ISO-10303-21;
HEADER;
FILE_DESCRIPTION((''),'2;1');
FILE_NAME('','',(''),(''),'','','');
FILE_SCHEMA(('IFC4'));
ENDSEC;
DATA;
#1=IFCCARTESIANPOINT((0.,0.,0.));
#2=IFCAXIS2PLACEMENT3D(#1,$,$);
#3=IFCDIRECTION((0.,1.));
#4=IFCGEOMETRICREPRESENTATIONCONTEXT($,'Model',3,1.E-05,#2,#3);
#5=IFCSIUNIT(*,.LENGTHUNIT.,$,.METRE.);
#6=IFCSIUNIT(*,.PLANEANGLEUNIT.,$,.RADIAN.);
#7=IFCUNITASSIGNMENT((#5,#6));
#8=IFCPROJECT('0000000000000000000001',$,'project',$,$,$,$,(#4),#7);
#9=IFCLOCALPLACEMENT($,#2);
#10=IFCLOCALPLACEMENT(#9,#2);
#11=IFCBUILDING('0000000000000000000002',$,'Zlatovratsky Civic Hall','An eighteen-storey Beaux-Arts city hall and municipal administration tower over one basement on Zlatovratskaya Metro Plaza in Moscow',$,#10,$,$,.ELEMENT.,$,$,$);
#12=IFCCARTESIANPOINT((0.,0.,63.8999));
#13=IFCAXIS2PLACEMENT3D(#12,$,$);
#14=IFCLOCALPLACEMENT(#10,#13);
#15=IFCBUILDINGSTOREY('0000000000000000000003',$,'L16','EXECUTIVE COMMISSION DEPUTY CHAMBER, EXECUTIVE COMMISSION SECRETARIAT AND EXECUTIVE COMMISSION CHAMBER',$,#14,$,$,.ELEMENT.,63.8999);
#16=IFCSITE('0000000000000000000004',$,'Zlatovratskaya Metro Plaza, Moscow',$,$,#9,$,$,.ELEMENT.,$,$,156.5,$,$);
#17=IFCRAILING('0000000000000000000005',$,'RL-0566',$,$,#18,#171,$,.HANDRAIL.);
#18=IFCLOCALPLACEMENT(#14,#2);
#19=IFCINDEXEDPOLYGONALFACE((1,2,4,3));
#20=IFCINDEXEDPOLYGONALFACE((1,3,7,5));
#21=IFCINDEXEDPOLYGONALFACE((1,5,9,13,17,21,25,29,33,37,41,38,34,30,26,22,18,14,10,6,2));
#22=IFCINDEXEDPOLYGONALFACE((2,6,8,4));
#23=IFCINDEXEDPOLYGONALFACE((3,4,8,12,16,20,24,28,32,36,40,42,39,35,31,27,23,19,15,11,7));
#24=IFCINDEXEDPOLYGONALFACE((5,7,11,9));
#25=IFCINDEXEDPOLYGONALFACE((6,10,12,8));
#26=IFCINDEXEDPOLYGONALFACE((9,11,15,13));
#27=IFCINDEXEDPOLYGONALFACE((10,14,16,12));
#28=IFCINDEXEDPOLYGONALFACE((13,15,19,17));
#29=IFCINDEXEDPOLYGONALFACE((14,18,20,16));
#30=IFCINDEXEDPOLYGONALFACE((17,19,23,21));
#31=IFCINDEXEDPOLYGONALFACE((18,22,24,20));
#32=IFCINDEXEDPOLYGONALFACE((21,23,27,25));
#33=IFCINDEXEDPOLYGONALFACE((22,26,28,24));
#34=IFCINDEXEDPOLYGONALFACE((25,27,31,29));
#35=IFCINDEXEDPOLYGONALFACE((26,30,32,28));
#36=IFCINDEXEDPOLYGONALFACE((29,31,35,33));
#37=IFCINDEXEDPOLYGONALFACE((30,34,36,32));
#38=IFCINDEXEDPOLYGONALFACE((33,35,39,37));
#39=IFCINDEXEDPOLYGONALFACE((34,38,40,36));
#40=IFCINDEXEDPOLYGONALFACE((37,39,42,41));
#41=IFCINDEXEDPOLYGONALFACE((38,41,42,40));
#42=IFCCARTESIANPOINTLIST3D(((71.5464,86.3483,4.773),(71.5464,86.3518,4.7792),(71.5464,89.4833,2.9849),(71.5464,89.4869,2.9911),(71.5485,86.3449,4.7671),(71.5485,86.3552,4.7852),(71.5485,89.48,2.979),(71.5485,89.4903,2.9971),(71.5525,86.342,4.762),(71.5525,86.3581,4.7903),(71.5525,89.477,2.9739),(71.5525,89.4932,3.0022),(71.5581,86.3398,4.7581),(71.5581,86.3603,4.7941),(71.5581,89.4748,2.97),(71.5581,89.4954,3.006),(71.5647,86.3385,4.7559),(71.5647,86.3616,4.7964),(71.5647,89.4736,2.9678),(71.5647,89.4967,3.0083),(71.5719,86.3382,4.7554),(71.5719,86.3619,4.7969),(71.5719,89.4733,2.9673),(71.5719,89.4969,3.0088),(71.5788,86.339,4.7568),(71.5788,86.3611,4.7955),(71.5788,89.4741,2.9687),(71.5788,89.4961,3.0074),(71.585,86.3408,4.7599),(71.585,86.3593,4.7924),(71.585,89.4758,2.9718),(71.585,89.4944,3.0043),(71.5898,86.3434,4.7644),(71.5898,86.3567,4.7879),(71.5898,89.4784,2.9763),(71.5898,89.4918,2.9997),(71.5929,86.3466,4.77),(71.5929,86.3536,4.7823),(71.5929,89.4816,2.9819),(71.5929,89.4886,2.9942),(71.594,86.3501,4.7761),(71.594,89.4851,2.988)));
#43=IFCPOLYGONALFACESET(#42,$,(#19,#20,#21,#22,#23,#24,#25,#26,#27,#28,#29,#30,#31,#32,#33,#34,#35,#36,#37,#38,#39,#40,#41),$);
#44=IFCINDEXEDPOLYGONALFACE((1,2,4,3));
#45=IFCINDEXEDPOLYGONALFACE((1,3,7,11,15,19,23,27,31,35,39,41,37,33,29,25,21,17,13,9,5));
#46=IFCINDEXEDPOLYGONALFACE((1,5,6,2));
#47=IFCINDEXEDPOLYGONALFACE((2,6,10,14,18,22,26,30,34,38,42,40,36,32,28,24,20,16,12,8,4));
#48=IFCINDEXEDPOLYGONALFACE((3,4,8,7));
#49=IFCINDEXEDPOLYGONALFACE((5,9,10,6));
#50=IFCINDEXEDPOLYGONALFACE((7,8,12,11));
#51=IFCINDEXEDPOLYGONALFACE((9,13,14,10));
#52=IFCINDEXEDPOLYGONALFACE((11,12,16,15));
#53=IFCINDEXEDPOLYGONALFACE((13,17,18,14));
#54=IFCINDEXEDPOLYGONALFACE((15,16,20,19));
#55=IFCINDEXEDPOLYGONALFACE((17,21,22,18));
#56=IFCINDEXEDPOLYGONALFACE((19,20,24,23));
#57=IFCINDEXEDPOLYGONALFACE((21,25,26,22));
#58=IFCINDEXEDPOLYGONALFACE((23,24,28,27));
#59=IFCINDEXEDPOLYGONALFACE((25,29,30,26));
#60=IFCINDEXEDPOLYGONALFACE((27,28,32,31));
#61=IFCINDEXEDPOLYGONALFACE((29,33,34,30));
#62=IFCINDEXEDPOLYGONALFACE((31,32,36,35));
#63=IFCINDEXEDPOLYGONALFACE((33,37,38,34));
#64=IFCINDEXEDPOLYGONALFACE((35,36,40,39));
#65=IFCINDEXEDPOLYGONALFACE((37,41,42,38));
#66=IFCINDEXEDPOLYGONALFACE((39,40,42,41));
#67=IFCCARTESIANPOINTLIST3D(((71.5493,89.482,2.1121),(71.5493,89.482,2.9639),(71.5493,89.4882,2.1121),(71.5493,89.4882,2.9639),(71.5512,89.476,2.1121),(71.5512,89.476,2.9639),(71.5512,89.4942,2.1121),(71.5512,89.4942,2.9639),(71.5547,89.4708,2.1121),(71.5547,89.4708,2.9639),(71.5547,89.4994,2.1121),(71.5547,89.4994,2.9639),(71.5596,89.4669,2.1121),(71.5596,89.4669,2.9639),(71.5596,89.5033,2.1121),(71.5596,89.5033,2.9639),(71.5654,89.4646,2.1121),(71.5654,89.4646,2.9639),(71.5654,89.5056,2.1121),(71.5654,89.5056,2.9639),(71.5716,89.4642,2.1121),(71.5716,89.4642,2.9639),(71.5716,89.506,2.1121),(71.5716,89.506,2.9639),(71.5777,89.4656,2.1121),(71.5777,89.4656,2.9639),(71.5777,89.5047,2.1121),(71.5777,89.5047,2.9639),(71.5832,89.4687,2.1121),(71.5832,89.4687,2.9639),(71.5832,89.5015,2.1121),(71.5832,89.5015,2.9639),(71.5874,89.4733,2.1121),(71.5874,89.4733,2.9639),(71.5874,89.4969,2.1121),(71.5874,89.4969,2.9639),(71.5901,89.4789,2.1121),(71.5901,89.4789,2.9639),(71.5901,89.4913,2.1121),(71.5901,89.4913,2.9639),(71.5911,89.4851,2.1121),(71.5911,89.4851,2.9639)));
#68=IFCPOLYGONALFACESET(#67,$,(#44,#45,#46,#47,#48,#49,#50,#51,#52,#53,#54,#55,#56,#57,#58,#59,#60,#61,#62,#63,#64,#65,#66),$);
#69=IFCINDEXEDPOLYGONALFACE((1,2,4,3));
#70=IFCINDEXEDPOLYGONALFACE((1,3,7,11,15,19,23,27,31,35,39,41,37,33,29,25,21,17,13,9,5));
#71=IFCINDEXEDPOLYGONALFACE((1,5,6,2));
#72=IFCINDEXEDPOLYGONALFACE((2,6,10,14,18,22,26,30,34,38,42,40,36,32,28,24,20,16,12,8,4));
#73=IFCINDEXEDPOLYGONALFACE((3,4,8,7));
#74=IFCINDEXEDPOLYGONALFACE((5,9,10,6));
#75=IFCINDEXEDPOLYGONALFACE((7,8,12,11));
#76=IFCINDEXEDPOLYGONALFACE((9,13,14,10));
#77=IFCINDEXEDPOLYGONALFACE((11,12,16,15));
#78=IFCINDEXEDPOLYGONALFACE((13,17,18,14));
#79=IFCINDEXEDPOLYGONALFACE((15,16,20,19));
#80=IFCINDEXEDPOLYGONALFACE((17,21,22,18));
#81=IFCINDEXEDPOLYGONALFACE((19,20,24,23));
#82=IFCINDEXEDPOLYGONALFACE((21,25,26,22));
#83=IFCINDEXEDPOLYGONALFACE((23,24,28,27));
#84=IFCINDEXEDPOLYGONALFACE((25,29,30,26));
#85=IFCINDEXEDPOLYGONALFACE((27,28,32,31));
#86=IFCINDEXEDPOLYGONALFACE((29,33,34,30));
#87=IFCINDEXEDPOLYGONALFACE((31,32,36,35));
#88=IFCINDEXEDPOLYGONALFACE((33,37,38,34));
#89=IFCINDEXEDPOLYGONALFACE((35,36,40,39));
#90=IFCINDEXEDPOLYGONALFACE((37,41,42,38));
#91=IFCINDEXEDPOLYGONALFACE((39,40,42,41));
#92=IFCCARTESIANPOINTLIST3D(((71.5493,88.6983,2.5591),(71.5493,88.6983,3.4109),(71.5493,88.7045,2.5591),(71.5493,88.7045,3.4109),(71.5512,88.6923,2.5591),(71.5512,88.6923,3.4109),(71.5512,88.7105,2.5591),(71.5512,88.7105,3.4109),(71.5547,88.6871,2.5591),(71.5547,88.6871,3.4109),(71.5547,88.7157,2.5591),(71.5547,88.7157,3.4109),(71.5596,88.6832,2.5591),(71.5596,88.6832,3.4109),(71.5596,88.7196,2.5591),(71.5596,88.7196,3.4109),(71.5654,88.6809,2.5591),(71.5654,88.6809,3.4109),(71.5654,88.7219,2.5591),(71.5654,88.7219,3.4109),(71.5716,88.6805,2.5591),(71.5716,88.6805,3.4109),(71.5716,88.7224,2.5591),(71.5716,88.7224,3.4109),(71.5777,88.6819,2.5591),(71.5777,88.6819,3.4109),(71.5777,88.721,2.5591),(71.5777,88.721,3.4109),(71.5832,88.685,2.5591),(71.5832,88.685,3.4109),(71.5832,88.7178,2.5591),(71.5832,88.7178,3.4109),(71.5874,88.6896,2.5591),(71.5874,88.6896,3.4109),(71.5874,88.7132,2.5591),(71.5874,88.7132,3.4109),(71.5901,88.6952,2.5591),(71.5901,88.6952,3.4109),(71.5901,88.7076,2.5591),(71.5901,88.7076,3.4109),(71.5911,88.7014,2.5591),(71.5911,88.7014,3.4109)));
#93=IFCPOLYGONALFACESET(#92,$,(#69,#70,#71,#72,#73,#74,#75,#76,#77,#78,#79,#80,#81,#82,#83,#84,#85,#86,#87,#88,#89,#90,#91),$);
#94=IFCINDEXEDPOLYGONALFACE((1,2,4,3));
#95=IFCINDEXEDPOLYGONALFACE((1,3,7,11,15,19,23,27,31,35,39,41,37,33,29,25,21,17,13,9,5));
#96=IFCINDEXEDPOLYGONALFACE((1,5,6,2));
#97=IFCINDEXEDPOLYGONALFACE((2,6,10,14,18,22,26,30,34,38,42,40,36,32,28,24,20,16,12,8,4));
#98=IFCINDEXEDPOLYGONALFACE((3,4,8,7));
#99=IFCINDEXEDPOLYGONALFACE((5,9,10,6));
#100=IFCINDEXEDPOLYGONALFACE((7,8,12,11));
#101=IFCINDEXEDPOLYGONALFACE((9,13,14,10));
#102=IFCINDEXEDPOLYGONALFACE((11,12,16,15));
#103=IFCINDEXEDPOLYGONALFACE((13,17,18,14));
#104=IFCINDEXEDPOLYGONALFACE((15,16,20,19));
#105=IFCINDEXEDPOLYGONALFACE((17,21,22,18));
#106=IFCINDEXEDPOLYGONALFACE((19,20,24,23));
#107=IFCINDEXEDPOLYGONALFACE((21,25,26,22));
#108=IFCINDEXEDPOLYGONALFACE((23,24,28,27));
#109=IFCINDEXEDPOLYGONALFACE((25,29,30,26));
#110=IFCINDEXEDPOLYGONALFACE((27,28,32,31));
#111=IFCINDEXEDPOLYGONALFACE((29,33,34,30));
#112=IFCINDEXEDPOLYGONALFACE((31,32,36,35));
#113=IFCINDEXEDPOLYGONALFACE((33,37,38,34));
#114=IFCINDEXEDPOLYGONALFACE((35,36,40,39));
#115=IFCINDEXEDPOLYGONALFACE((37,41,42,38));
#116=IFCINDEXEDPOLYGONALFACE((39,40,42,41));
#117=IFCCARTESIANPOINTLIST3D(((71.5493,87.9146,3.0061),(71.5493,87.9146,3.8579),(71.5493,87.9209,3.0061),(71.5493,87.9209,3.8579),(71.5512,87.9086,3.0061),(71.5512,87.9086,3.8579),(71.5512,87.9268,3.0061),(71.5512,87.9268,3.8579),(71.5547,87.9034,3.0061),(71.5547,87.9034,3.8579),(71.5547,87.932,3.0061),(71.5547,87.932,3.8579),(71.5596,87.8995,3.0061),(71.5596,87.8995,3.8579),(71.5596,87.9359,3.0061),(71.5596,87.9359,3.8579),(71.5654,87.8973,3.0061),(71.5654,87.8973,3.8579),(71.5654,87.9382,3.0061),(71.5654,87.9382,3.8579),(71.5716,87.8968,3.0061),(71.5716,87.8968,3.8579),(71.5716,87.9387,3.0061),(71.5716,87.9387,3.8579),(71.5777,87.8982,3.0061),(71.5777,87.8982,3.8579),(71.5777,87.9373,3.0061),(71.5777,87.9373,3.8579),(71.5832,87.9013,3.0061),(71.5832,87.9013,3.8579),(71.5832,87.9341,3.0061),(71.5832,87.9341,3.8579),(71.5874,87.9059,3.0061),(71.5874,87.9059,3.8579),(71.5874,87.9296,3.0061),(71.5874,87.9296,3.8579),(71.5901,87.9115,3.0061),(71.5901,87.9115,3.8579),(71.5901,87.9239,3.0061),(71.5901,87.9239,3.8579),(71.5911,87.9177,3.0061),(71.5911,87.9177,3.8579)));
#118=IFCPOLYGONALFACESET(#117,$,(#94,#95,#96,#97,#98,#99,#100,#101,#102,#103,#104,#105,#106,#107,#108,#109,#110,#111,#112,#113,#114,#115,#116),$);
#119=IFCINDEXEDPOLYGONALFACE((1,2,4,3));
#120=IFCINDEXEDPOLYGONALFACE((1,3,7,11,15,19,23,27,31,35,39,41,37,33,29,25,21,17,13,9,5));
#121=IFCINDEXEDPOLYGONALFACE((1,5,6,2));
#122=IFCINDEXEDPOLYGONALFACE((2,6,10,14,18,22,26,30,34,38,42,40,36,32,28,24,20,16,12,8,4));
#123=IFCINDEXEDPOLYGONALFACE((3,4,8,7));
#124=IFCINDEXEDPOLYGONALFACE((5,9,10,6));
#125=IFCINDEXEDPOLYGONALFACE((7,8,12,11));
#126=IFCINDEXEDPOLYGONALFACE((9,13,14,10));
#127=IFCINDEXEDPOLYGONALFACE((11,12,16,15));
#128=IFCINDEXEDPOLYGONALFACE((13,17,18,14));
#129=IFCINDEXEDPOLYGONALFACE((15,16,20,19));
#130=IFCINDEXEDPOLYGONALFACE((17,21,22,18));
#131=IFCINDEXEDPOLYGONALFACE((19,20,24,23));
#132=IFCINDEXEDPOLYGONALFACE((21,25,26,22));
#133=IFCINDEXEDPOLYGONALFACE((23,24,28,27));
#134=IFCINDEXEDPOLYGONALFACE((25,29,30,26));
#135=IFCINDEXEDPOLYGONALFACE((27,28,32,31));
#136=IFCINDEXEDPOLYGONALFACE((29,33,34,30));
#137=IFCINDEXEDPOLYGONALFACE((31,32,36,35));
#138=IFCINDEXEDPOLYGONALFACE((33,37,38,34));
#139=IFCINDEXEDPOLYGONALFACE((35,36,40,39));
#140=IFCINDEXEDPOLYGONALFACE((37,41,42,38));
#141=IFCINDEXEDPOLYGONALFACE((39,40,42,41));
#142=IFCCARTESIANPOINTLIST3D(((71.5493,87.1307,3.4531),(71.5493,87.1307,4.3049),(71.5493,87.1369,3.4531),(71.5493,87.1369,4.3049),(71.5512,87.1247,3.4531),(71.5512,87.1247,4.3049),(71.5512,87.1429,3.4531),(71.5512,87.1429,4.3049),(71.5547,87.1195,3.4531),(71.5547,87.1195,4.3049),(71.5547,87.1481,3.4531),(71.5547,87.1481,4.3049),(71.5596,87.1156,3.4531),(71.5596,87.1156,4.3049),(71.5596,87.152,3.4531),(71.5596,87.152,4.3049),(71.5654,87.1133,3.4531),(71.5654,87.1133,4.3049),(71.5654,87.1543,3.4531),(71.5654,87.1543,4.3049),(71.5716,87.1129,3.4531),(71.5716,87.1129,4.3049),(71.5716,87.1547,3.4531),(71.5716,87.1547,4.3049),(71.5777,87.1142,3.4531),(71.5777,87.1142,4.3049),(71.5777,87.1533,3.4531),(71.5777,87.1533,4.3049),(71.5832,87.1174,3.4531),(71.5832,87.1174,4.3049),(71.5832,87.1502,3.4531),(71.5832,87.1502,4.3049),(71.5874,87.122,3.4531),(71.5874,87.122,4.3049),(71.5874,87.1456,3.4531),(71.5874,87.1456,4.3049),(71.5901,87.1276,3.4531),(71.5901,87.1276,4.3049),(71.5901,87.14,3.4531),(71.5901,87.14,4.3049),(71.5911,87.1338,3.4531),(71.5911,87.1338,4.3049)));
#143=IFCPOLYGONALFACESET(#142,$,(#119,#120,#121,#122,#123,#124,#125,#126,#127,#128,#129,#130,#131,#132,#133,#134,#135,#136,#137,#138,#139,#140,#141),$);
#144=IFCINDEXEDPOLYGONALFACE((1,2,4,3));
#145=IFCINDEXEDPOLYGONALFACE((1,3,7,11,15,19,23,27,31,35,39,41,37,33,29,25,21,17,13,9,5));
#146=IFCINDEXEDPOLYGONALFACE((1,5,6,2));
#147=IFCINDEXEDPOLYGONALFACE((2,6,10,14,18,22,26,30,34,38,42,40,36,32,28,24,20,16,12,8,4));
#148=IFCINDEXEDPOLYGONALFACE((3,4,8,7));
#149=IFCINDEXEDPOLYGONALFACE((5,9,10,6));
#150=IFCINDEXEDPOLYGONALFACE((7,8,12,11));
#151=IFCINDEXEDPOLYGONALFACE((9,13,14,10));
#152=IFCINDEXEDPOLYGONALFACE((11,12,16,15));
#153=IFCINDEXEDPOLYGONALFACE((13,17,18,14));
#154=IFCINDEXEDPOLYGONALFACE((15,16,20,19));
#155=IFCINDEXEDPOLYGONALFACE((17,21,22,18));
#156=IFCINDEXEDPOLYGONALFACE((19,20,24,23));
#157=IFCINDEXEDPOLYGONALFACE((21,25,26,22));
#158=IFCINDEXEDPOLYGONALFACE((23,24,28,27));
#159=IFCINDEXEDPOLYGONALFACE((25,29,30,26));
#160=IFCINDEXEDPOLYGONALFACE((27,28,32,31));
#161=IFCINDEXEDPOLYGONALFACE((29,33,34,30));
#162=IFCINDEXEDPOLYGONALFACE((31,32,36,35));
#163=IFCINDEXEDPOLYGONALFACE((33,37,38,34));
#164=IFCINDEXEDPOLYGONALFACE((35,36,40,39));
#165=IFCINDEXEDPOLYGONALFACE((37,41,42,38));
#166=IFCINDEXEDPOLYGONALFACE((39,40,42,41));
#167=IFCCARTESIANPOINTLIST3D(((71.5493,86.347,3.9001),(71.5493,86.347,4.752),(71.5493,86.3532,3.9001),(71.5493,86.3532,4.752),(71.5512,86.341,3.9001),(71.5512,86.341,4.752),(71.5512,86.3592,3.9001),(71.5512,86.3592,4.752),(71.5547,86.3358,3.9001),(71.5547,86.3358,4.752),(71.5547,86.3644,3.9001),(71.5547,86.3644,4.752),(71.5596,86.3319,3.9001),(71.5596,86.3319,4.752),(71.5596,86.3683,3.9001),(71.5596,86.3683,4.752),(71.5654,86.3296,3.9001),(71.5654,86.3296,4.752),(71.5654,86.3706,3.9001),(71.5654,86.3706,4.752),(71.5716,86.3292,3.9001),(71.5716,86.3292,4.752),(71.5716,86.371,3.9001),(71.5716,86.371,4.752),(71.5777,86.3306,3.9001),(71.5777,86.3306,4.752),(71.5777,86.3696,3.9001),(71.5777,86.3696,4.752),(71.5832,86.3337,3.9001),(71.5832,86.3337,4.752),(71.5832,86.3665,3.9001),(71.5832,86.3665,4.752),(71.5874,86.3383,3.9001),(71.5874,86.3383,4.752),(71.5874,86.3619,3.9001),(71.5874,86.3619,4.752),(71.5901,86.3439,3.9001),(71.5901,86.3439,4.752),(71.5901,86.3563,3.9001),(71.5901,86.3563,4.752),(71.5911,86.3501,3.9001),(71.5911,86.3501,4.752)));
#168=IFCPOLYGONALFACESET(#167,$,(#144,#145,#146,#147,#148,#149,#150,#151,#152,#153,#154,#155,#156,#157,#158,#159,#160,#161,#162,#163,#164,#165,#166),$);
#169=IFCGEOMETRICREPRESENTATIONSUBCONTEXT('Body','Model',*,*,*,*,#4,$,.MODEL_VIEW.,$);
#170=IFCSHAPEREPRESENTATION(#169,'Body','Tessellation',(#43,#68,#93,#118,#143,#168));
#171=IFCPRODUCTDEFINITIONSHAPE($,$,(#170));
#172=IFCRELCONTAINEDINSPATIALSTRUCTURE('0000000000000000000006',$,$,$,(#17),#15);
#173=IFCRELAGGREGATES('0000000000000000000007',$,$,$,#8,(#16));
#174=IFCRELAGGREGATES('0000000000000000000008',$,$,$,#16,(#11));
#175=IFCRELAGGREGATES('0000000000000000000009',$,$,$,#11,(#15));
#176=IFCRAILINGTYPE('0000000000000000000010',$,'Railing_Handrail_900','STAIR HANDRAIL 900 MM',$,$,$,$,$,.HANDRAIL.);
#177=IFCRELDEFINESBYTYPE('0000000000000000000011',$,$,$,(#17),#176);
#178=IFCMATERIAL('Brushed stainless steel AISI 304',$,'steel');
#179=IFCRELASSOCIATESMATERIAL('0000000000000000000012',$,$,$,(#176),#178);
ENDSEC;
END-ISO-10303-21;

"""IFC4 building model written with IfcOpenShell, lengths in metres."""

from ifc_helpers import new_model, si_unit, direction, frame, origin, origin_2d, place, context, subcontext, project, spatial, circle, extrude, material, type_object, element, save


model = new_model("IFC4")

# Units and contexts
model_context = context("Model", 3, precision=1e-05, world=origin(), true_north=direction((0.0, 1.0)))
body_context = subcontext(model_context, "Body", "Model", "MODEL_VIEW")
ifc_project = project(units=[si_unit("LENGTHUNIT", "METRE"), si_unit("PLANEANGLEUNIT", "RADIAN")], contexts=[model_context])

# Site, building, storey
site_placement = place(None, origin())
site = spatial("IfcSite", under=ifc_project, at=site_placement, Name="Zlatovratskaya Metro Plaza, Moscow", CompositionType="ELEMENT", RefElevation=156.5)
building_placement = place(site_placement, origin())
building = spatial("IfcBuilding", under=site, at=building_placement, Name="Zlatovratsky Civic Hall", Description="An eighteen-storey Beaux-Arts city hall and municipal administration tower over one basement on Zlatovratskaya Metro Plaza in Moscow", CompositionType="ELEMENT")
storey_placement = place(building_placement, frame((0.0, 0.0, 63.8999)))
storey = spatial("IfcBuildingStorey", under=building, at=storey_placement, Name="L16", Description="EXECUTIVE COMMISSION DEPUTY CHAMBER, EXECUTIVE COMMISSION SECRETARIAT AND EXECUTIVE COMMISSION CHAMBER", CompositionType="ELEMENT", Elevation=63.8999)

# Railing
ifc_material_1 = material(Name="Brushed stainless steel AISI 304", Category="steel")
railing_type = type_object("IfcRailingType", Name="Railing_Handrail_900", Description="STAIR HANDRAIL 900 MM", PredefinedType="HANDRAIL", material=ifc_material_1)
railing_placement = place(storey_placement, frame((71.5701, 89.4851, 2.1121)))
element("IfcRailing", 1, at=railing_placement, inside=storey, type_object=railing_type, Name="RL-0566", PredefinedType="HANDRAIL", context=body_context, shape_type="SweptSolid", body=[
    extrude(circle(Radius=0.0239, at=origin_2d()), frame((0.0, 0.0, 0.876), z_axis=(0.0, -0.868642, 0.495439), x_axis=(1.0, 0.0, 0.0)), (0.0, 0.0, 1.0), 3.6091),
    extrude(circle(Radius=0.021, at=origin_2d()), origin(), (0.0, 0.0, 1.0), 0.8518),
    extrude(circle(Radius=0.021, at=origin_2d()), frame((0.0, -0.7837, 0.447)), (0.0, 0.0, 1.0), 0.8518),
    extrude(circle(Radius=0.021, at=origin_2d()), frame((0.0, -1.5674, 0.894)), (0.0, 0.0, 1.0), 0.8518),
    extrude(circle(Radius=0.021, at=origin_2d()), frame((0.0, -2.3513, 1.3411)), (0.0, 0.0, 1.0), 0.8518),
    extrude(circle(Radius=0.021, at=origin_2d()), frame((0.0, -3.135, 1.7881)), (0.0, 0.0, 1.0), 0.8518),
])

save(model, "model.ifc")
